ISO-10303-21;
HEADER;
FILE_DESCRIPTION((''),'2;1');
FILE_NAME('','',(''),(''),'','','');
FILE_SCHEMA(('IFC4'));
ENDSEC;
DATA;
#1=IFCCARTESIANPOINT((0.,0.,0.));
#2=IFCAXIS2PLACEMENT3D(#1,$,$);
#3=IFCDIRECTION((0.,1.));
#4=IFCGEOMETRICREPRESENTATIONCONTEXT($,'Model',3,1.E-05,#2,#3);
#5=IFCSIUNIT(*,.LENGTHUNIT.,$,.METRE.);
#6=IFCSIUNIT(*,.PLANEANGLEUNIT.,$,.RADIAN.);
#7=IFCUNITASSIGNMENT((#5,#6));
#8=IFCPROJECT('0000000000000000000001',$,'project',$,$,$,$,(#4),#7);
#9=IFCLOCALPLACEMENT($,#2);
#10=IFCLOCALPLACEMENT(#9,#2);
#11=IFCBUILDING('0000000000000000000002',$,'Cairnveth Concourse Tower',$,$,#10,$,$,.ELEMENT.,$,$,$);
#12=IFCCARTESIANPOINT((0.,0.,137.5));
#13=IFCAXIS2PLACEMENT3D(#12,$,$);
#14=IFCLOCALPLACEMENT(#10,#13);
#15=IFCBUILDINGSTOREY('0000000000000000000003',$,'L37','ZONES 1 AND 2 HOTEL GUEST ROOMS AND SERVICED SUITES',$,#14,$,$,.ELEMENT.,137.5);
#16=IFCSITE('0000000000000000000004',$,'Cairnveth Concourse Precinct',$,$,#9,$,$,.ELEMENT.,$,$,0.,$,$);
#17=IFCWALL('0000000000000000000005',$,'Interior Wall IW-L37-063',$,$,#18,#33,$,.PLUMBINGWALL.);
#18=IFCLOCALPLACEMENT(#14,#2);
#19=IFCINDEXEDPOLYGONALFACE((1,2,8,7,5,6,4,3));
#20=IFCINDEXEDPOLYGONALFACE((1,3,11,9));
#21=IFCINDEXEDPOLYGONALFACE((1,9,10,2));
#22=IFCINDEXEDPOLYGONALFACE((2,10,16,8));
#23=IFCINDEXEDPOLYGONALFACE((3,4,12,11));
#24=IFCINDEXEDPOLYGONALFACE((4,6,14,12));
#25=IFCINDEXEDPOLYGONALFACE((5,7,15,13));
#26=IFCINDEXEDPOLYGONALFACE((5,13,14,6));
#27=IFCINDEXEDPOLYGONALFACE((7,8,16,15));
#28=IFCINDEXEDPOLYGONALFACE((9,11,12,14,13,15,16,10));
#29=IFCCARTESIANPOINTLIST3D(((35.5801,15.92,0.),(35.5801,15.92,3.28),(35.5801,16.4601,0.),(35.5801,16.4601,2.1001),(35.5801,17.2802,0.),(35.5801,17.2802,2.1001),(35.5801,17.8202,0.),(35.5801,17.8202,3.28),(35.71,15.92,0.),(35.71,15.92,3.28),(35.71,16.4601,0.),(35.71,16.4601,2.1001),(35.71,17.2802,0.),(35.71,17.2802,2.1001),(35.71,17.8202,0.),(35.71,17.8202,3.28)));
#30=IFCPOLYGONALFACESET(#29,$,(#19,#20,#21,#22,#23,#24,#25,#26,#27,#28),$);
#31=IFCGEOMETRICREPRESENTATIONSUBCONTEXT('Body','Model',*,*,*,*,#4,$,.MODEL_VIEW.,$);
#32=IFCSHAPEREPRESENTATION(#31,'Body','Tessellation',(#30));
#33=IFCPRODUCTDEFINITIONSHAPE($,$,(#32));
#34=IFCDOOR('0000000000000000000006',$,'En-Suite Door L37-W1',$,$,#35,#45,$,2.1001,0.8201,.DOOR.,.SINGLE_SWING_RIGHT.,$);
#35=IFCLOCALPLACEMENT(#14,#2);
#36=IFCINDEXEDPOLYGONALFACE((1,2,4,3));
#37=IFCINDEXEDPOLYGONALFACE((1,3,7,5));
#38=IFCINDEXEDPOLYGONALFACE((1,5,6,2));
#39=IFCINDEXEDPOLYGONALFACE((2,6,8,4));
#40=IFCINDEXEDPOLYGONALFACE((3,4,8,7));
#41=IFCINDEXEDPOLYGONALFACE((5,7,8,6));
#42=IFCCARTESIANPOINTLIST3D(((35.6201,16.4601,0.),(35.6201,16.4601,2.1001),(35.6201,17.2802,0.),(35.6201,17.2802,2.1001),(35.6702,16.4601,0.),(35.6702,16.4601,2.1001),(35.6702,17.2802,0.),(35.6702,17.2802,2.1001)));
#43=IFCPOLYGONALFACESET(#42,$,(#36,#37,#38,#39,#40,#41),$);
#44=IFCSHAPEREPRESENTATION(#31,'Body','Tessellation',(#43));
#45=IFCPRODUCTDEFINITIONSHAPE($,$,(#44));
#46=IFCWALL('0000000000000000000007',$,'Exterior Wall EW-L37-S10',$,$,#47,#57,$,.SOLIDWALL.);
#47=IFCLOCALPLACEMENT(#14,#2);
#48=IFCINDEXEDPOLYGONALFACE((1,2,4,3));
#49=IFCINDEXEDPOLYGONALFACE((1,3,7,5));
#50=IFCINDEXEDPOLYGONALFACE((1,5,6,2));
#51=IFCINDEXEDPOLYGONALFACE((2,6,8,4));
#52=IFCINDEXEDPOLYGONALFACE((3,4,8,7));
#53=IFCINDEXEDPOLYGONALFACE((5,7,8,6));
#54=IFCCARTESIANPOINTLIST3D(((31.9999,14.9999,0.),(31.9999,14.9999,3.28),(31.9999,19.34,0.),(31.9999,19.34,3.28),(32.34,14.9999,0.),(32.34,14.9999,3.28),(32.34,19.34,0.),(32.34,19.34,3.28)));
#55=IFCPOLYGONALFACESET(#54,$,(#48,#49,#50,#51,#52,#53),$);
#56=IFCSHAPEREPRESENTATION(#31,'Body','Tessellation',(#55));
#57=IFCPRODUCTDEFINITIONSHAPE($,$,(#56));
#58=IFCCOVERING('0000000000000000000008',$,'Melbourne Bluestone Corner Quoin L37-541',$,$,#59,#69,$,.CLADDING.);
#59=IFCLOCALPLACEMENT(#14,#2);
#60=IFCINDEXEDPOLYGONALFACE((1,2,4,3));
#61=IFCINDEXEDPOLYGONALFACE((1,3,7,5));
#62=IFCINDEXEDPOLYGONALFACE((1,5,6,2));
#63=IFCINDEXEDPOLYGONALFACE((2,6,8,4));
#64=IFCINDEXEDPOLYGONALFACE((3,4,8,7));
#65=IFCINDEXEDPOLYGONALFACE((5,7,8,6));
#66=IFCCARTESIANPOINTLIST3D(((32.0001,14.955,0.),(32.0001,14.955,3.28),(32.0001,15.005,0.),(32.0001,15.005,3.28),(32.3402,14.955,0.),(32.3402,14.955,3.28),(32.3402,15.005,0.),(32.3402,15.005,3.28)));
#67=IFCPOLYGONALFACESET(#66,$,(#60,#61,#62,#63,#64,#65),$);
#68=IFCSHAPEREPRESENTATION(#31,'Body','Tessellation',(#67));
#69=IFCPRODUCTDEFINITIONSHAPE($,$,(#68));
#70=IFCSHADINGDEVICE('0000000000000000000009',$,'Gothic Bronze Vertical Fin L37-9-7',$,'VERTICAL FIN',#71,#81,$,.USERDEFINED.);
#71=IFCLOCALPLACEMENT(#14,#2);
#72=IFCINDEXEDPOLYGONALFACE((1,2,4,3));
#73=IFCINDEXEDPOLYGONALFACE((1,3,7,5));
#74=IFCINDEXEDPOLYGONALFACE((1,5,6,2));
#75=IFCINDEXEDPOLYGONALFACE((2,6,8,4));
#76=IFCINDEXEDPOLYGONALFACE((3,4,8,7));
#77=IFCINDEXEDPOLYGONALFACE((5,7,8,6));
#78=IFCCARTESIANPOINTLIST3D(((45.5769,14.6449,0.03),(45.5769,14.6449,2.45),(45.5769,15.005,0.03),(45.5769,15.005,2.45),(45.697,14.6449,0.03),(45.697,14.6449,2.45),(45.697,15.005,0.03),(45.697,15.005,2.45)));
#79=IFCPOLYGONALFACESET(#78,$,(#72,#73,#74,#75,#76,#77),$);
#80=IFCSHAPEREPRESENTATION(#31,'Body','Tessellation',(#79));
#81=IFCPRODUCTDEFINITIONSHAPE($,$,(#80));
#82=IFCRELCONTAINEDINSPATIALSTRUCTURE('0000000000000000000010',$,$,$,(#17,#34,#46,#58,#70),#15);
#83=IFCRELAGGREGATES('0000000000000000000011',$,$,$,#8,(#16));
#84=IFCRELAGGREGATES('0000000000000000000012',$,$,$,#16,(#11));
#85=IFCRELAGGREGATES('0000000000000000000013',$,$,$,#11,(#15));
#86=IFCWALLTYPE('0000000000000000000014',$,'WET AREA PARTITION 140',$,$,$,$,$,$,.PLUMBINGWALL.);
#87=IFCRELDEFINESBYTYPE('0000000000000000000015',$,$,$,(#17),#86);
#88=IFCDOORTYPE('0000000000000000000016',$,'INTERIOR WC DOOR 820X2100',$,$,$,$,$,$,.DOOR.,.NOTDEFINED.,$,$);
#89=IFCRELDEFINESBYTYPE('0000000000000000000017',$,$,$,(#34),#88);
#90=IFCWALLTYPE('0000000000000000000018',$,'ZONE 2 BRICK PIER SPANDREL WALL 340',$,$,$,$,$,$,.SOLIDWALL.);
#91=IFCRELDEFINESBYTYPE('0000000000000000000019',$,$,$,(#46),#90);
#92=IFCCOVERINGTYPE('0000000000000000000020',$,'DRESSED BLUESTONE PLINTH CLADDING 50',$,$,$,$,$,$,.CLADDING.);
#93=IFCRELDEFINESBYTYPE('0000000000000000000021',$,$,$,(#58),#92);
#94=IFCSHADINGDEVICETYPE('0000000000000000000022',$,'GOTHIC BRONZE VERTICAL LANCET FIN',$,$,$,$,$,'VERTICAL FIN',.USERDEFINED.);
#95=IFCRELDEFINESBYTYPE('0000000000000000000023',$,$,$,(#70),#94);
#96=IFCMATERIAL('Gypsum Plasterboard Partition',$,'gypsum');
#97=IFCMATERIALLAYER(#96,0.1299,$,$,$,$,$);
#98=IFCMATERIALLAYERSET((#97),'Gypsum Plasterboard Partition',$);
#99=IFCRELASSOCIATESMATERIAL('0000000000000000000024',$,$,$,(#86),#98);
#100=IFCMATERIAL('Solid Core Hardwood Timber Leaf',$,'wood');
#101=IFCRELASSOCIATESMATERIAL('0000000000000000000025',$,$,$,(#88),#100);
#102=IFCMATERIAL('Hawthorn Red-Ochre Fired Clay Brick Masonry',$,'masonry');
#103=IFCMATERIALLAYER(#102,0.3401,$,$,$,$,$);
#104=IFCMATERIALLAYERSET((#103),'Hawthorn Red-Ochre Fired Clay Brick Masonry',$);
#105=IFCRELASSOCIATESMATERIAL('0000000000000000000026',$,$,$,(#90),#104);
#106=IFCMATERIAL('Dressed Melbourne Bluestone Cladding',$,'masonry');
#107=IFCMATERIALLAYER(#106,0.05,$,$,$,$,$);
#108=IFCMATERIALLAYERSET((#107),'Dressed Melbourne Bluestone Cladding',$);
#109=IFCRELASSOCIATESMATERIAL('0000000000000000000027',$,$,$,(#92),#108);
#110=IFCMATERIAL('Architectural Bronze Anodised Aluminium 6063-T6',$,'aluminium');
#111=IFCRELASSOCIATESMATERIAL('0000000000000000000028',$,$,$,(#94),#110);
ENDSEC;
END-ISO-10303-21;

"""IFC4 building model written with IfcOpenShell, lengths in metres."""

from ifc_helpers import new_model, si_unit, direction, frame, frame_2d, origin, origin_2d, place, context, subcontext, project, spatial, rectangle, extrude, material, layer, layer_set, type_object, element, fill, save


model = new_model("IFC4")

# Units and contexts
model_context = context("Model", 3, precision=1e-05, world=origin(), true_north=direction((0.0, 1.0)))
body_context = subcontext(model_context, "Body", "Model", "MODEL_VIEW")
ifc_project = project(units=[si_unit("LENGTHUNIT", "METRE"), si_unit("PLANEANGLEUNIT", "RADIAN")], contexts=[model_context])

# Site, building, storey
site_placement = place(None, origin())
site = spatial("IfcSite", under=ifc_project, at=site_placement, Name="Cairnveth Concourse Precinct", CompositionType="ELEMENT", RefElevation=0.0)
building_placement = place(site_placement, origin())
building = spatial("IfcBuilding", under=site, at=building_placement, Name="Cairnveth Concourse Tower", CompositionType="ELEMENT")
storey_placement = place(building_placement, frame((0.0, 0.0, 137.5)))
storey = spatial("IfcBuildingStorey", under=building, at=storey_placement, Name="L37", Description="ZONES 1 AND 2 HOTEL GUEST ROOMS AND SERVICED SUITES", CompositionType="ELEMENT", Elevation=137.5)

# Shared definitions
ifc_material_1 = material(Name="Gypsum Plasterboard Partition", Category="gypsum")
ifc_material_2 = material(Name="Solid Core Hardwood Timber Leaf", Category="wood")

# Shared definitions
ifc_layer_1 = layer(ifc_material_1, 0.1299)
ifc_layer_set_1 = layer_set([ifc_layer_1], Name="Gypsum Plasterboard Partition")
wall_type_1 = type_object("IfcWallType", Name="WET AREA PARTITION 140", PredefinedType="PLUMBINGWALL", material=ifc_layer_set_1)

# Wall, opening, door
wall_1_placement = place(storey_placement, frame((35.645, 15.9199, 0.0), z_axis=(0.0, 0.0, 1.0), x_axis=(0.0, 1.0, 0.0)))
wall_1 = element("IfcWall", 1, at=wall_1_placement, inside=storey, type_object=wall_type_1, Name="Interior Wall IW-L37-063", PredefinedType="PLUMBINGWALL", context=body_context, shape_type="SweptSolid", body=[
    extrude(rectangle(XDim=1.9001, YDim=0.1299, at=frame_2d((0.9502, 0.0))), origin(), (0.0, 0.0, 1.0), 3.28),
])
opening_1_placement = place(wall_1_placement, frame((0.54, 0.0, 0.0)))
opening_1 = element("IfcOpeningElement", 2, at=opening_1_placement, cuts=wall_1, PredefinedType="OPENING", context=body_context, shape_type="SweptSolid", body=[
    extrude(rectangle(XDim=0.8201, YDim=2.1001, at=frame_2d((0.4102, 1.05))), frame((0.0, 0.075, 0.0), z_axis=(0.0, -1.0, 0.0), x_axis=(1.0, 0.0, 0.0)), (0.0, 0.0, 1.0), 0.1499),
])
door_type_1 = type_object("IfcDoorType", Name="INTERIOR WC DOOR 820X2100", OperationType="NOTDEFINED", PredefinedType="DOOR", material=ifc_material_2)
door_1_placement = place(opening_1_placement, origin())
door_1 = element("IfcDoor", 3, at=door_1_placement, inside=storey, type_object=door_type_1, Name="En-Suite Door L37-W1", OperationType="SINGLE_SWING_RIGHT", OverallHeight=2.1001, OverallWidth=0.8201, PredefinedType="DOOR", context=body_context, shape_type="SweptSolid", body=[
    extrude(rectangle(XDim=0.8201, YDim=2.1001, at=frame_2d((0.4102, 1.05))), frame((0.0, 0.0249, 0.0), z_axis=(0.0, -1.0, 0.0), x_axis=(1.0, 0.0, 0.0)), (0.0, 0.0, 1.0), 0.05),
])
fill(opening_1, door_1)

# Wall
ifc_material_3 = material(Name="Hawthorn Red-Ochre Fired Clay Brick Masonry", Category="masonry")
ifc_layer_2 = layer(ifc_material_3, 0.3401)
ifc_layer_set_2 = layer_set([ifc_layer_2], Name="Hawthorn Red-Ochre Fired Clay Brick Masonry")
wall_type_2 = type_object("IfcWallType", Name="ZONE 2 BRICK PIER SPANDREL WALL 340", PredefinedType="SOLIDWALL", material=ifc_layer_set_2)
wall_2_placement = place(storey_placement, frame((32.1699, 15.0, 0.0), z_axis=(0.0, 0.0, 1.0), x_axis=(0.0, 1.0, 0.0)))
element("IfcWall", 4, at=wall_2_placement, inside=storey, type_object=wall_type_2, Name="Exterior Wall EW-L37-S10", PredefinedType="SOLIDWALL", context=body_context, shape_type="SweptSolid", body=[
    extrude(rectangle(XDim=4.3401, YDim=0.3401, at=frame_2d((2.1699, 0.0))), origin(), (0.0, 0.0, 1.0), 3.28),
])

# Covering
ifc_material_4 = material(Name="Dressed Melbourne Bluestone Cladding", Category="masonry")
ifc_layer_3 = layer(ifc_material_4, 0.05)
ifc_layer_set_3 = layer_set([ifc_layer_3], Name="Dressed Melbourne Bluestone Cladding")
covering_type = type_object("IfcCoveringType", Name="DRESSED BLUESTONE PLINTH CLADDING 50", PredefinedType="CLADDING", material=ifc_layer_set_3)
covering_placement = place(storey_placement, frame((32.3401, 14.98, 0.0), z_axis=(0.0, 0.0, 1.0), x_axis=(-1.0, 0.0, 0.0)))
element("IfcCovering", 5, at=covering_placement, inside=storey, type_object=covering_type, Name="Melbourne Bluestone Corner Quoin L37-541", PredefinedType="CLADDING", context=body_context, shape_type="SweptSolid", body=[
    extrude(rectangle(XDim=0.3401, YDim=0.05, at=frame_2d((0.1699, 0.0))), origin(), (0.0, 0.0, 1.0), 3.28),
])

# Shading device
ifc_material_5 = material(Name="Architectural Bronze Anodised Aluminium 6063-T6", Category="aluminium")
shading_device_type = type_object("IfcShadingDeviceType", Name="GOTHIC BRONZE VERTICAL LANCET FIN", ElementType="VERTICAL FIN", PredefinedType="USERDEFINED", material=ifc_material_5)
shading_device_placement = place(storey_placement, frame((45.637, 14.825, 0.03), z_axis=(0.0, 0.0, 1.0), x_axis=(1.0, 0.0, 0.0)))
element("IfcShadingDevice", 6, at=shading_device_placement, inside=storey, type_object=shading_device_type, Name="Gothic Bronze Vertical Fin L37-9-7", ObjectType="VERTICAL FIN", PredefinedType="USERDEFINED", context=body_context, shape_type="SweptSolid", body=[
    extrude(rectangle(XDim=0.1201, YDim=0.3601, at=origin_2d()), origin(), (0.0, 0.0, 1.0), 2.4199),
])

save(model, "model.ifc")
